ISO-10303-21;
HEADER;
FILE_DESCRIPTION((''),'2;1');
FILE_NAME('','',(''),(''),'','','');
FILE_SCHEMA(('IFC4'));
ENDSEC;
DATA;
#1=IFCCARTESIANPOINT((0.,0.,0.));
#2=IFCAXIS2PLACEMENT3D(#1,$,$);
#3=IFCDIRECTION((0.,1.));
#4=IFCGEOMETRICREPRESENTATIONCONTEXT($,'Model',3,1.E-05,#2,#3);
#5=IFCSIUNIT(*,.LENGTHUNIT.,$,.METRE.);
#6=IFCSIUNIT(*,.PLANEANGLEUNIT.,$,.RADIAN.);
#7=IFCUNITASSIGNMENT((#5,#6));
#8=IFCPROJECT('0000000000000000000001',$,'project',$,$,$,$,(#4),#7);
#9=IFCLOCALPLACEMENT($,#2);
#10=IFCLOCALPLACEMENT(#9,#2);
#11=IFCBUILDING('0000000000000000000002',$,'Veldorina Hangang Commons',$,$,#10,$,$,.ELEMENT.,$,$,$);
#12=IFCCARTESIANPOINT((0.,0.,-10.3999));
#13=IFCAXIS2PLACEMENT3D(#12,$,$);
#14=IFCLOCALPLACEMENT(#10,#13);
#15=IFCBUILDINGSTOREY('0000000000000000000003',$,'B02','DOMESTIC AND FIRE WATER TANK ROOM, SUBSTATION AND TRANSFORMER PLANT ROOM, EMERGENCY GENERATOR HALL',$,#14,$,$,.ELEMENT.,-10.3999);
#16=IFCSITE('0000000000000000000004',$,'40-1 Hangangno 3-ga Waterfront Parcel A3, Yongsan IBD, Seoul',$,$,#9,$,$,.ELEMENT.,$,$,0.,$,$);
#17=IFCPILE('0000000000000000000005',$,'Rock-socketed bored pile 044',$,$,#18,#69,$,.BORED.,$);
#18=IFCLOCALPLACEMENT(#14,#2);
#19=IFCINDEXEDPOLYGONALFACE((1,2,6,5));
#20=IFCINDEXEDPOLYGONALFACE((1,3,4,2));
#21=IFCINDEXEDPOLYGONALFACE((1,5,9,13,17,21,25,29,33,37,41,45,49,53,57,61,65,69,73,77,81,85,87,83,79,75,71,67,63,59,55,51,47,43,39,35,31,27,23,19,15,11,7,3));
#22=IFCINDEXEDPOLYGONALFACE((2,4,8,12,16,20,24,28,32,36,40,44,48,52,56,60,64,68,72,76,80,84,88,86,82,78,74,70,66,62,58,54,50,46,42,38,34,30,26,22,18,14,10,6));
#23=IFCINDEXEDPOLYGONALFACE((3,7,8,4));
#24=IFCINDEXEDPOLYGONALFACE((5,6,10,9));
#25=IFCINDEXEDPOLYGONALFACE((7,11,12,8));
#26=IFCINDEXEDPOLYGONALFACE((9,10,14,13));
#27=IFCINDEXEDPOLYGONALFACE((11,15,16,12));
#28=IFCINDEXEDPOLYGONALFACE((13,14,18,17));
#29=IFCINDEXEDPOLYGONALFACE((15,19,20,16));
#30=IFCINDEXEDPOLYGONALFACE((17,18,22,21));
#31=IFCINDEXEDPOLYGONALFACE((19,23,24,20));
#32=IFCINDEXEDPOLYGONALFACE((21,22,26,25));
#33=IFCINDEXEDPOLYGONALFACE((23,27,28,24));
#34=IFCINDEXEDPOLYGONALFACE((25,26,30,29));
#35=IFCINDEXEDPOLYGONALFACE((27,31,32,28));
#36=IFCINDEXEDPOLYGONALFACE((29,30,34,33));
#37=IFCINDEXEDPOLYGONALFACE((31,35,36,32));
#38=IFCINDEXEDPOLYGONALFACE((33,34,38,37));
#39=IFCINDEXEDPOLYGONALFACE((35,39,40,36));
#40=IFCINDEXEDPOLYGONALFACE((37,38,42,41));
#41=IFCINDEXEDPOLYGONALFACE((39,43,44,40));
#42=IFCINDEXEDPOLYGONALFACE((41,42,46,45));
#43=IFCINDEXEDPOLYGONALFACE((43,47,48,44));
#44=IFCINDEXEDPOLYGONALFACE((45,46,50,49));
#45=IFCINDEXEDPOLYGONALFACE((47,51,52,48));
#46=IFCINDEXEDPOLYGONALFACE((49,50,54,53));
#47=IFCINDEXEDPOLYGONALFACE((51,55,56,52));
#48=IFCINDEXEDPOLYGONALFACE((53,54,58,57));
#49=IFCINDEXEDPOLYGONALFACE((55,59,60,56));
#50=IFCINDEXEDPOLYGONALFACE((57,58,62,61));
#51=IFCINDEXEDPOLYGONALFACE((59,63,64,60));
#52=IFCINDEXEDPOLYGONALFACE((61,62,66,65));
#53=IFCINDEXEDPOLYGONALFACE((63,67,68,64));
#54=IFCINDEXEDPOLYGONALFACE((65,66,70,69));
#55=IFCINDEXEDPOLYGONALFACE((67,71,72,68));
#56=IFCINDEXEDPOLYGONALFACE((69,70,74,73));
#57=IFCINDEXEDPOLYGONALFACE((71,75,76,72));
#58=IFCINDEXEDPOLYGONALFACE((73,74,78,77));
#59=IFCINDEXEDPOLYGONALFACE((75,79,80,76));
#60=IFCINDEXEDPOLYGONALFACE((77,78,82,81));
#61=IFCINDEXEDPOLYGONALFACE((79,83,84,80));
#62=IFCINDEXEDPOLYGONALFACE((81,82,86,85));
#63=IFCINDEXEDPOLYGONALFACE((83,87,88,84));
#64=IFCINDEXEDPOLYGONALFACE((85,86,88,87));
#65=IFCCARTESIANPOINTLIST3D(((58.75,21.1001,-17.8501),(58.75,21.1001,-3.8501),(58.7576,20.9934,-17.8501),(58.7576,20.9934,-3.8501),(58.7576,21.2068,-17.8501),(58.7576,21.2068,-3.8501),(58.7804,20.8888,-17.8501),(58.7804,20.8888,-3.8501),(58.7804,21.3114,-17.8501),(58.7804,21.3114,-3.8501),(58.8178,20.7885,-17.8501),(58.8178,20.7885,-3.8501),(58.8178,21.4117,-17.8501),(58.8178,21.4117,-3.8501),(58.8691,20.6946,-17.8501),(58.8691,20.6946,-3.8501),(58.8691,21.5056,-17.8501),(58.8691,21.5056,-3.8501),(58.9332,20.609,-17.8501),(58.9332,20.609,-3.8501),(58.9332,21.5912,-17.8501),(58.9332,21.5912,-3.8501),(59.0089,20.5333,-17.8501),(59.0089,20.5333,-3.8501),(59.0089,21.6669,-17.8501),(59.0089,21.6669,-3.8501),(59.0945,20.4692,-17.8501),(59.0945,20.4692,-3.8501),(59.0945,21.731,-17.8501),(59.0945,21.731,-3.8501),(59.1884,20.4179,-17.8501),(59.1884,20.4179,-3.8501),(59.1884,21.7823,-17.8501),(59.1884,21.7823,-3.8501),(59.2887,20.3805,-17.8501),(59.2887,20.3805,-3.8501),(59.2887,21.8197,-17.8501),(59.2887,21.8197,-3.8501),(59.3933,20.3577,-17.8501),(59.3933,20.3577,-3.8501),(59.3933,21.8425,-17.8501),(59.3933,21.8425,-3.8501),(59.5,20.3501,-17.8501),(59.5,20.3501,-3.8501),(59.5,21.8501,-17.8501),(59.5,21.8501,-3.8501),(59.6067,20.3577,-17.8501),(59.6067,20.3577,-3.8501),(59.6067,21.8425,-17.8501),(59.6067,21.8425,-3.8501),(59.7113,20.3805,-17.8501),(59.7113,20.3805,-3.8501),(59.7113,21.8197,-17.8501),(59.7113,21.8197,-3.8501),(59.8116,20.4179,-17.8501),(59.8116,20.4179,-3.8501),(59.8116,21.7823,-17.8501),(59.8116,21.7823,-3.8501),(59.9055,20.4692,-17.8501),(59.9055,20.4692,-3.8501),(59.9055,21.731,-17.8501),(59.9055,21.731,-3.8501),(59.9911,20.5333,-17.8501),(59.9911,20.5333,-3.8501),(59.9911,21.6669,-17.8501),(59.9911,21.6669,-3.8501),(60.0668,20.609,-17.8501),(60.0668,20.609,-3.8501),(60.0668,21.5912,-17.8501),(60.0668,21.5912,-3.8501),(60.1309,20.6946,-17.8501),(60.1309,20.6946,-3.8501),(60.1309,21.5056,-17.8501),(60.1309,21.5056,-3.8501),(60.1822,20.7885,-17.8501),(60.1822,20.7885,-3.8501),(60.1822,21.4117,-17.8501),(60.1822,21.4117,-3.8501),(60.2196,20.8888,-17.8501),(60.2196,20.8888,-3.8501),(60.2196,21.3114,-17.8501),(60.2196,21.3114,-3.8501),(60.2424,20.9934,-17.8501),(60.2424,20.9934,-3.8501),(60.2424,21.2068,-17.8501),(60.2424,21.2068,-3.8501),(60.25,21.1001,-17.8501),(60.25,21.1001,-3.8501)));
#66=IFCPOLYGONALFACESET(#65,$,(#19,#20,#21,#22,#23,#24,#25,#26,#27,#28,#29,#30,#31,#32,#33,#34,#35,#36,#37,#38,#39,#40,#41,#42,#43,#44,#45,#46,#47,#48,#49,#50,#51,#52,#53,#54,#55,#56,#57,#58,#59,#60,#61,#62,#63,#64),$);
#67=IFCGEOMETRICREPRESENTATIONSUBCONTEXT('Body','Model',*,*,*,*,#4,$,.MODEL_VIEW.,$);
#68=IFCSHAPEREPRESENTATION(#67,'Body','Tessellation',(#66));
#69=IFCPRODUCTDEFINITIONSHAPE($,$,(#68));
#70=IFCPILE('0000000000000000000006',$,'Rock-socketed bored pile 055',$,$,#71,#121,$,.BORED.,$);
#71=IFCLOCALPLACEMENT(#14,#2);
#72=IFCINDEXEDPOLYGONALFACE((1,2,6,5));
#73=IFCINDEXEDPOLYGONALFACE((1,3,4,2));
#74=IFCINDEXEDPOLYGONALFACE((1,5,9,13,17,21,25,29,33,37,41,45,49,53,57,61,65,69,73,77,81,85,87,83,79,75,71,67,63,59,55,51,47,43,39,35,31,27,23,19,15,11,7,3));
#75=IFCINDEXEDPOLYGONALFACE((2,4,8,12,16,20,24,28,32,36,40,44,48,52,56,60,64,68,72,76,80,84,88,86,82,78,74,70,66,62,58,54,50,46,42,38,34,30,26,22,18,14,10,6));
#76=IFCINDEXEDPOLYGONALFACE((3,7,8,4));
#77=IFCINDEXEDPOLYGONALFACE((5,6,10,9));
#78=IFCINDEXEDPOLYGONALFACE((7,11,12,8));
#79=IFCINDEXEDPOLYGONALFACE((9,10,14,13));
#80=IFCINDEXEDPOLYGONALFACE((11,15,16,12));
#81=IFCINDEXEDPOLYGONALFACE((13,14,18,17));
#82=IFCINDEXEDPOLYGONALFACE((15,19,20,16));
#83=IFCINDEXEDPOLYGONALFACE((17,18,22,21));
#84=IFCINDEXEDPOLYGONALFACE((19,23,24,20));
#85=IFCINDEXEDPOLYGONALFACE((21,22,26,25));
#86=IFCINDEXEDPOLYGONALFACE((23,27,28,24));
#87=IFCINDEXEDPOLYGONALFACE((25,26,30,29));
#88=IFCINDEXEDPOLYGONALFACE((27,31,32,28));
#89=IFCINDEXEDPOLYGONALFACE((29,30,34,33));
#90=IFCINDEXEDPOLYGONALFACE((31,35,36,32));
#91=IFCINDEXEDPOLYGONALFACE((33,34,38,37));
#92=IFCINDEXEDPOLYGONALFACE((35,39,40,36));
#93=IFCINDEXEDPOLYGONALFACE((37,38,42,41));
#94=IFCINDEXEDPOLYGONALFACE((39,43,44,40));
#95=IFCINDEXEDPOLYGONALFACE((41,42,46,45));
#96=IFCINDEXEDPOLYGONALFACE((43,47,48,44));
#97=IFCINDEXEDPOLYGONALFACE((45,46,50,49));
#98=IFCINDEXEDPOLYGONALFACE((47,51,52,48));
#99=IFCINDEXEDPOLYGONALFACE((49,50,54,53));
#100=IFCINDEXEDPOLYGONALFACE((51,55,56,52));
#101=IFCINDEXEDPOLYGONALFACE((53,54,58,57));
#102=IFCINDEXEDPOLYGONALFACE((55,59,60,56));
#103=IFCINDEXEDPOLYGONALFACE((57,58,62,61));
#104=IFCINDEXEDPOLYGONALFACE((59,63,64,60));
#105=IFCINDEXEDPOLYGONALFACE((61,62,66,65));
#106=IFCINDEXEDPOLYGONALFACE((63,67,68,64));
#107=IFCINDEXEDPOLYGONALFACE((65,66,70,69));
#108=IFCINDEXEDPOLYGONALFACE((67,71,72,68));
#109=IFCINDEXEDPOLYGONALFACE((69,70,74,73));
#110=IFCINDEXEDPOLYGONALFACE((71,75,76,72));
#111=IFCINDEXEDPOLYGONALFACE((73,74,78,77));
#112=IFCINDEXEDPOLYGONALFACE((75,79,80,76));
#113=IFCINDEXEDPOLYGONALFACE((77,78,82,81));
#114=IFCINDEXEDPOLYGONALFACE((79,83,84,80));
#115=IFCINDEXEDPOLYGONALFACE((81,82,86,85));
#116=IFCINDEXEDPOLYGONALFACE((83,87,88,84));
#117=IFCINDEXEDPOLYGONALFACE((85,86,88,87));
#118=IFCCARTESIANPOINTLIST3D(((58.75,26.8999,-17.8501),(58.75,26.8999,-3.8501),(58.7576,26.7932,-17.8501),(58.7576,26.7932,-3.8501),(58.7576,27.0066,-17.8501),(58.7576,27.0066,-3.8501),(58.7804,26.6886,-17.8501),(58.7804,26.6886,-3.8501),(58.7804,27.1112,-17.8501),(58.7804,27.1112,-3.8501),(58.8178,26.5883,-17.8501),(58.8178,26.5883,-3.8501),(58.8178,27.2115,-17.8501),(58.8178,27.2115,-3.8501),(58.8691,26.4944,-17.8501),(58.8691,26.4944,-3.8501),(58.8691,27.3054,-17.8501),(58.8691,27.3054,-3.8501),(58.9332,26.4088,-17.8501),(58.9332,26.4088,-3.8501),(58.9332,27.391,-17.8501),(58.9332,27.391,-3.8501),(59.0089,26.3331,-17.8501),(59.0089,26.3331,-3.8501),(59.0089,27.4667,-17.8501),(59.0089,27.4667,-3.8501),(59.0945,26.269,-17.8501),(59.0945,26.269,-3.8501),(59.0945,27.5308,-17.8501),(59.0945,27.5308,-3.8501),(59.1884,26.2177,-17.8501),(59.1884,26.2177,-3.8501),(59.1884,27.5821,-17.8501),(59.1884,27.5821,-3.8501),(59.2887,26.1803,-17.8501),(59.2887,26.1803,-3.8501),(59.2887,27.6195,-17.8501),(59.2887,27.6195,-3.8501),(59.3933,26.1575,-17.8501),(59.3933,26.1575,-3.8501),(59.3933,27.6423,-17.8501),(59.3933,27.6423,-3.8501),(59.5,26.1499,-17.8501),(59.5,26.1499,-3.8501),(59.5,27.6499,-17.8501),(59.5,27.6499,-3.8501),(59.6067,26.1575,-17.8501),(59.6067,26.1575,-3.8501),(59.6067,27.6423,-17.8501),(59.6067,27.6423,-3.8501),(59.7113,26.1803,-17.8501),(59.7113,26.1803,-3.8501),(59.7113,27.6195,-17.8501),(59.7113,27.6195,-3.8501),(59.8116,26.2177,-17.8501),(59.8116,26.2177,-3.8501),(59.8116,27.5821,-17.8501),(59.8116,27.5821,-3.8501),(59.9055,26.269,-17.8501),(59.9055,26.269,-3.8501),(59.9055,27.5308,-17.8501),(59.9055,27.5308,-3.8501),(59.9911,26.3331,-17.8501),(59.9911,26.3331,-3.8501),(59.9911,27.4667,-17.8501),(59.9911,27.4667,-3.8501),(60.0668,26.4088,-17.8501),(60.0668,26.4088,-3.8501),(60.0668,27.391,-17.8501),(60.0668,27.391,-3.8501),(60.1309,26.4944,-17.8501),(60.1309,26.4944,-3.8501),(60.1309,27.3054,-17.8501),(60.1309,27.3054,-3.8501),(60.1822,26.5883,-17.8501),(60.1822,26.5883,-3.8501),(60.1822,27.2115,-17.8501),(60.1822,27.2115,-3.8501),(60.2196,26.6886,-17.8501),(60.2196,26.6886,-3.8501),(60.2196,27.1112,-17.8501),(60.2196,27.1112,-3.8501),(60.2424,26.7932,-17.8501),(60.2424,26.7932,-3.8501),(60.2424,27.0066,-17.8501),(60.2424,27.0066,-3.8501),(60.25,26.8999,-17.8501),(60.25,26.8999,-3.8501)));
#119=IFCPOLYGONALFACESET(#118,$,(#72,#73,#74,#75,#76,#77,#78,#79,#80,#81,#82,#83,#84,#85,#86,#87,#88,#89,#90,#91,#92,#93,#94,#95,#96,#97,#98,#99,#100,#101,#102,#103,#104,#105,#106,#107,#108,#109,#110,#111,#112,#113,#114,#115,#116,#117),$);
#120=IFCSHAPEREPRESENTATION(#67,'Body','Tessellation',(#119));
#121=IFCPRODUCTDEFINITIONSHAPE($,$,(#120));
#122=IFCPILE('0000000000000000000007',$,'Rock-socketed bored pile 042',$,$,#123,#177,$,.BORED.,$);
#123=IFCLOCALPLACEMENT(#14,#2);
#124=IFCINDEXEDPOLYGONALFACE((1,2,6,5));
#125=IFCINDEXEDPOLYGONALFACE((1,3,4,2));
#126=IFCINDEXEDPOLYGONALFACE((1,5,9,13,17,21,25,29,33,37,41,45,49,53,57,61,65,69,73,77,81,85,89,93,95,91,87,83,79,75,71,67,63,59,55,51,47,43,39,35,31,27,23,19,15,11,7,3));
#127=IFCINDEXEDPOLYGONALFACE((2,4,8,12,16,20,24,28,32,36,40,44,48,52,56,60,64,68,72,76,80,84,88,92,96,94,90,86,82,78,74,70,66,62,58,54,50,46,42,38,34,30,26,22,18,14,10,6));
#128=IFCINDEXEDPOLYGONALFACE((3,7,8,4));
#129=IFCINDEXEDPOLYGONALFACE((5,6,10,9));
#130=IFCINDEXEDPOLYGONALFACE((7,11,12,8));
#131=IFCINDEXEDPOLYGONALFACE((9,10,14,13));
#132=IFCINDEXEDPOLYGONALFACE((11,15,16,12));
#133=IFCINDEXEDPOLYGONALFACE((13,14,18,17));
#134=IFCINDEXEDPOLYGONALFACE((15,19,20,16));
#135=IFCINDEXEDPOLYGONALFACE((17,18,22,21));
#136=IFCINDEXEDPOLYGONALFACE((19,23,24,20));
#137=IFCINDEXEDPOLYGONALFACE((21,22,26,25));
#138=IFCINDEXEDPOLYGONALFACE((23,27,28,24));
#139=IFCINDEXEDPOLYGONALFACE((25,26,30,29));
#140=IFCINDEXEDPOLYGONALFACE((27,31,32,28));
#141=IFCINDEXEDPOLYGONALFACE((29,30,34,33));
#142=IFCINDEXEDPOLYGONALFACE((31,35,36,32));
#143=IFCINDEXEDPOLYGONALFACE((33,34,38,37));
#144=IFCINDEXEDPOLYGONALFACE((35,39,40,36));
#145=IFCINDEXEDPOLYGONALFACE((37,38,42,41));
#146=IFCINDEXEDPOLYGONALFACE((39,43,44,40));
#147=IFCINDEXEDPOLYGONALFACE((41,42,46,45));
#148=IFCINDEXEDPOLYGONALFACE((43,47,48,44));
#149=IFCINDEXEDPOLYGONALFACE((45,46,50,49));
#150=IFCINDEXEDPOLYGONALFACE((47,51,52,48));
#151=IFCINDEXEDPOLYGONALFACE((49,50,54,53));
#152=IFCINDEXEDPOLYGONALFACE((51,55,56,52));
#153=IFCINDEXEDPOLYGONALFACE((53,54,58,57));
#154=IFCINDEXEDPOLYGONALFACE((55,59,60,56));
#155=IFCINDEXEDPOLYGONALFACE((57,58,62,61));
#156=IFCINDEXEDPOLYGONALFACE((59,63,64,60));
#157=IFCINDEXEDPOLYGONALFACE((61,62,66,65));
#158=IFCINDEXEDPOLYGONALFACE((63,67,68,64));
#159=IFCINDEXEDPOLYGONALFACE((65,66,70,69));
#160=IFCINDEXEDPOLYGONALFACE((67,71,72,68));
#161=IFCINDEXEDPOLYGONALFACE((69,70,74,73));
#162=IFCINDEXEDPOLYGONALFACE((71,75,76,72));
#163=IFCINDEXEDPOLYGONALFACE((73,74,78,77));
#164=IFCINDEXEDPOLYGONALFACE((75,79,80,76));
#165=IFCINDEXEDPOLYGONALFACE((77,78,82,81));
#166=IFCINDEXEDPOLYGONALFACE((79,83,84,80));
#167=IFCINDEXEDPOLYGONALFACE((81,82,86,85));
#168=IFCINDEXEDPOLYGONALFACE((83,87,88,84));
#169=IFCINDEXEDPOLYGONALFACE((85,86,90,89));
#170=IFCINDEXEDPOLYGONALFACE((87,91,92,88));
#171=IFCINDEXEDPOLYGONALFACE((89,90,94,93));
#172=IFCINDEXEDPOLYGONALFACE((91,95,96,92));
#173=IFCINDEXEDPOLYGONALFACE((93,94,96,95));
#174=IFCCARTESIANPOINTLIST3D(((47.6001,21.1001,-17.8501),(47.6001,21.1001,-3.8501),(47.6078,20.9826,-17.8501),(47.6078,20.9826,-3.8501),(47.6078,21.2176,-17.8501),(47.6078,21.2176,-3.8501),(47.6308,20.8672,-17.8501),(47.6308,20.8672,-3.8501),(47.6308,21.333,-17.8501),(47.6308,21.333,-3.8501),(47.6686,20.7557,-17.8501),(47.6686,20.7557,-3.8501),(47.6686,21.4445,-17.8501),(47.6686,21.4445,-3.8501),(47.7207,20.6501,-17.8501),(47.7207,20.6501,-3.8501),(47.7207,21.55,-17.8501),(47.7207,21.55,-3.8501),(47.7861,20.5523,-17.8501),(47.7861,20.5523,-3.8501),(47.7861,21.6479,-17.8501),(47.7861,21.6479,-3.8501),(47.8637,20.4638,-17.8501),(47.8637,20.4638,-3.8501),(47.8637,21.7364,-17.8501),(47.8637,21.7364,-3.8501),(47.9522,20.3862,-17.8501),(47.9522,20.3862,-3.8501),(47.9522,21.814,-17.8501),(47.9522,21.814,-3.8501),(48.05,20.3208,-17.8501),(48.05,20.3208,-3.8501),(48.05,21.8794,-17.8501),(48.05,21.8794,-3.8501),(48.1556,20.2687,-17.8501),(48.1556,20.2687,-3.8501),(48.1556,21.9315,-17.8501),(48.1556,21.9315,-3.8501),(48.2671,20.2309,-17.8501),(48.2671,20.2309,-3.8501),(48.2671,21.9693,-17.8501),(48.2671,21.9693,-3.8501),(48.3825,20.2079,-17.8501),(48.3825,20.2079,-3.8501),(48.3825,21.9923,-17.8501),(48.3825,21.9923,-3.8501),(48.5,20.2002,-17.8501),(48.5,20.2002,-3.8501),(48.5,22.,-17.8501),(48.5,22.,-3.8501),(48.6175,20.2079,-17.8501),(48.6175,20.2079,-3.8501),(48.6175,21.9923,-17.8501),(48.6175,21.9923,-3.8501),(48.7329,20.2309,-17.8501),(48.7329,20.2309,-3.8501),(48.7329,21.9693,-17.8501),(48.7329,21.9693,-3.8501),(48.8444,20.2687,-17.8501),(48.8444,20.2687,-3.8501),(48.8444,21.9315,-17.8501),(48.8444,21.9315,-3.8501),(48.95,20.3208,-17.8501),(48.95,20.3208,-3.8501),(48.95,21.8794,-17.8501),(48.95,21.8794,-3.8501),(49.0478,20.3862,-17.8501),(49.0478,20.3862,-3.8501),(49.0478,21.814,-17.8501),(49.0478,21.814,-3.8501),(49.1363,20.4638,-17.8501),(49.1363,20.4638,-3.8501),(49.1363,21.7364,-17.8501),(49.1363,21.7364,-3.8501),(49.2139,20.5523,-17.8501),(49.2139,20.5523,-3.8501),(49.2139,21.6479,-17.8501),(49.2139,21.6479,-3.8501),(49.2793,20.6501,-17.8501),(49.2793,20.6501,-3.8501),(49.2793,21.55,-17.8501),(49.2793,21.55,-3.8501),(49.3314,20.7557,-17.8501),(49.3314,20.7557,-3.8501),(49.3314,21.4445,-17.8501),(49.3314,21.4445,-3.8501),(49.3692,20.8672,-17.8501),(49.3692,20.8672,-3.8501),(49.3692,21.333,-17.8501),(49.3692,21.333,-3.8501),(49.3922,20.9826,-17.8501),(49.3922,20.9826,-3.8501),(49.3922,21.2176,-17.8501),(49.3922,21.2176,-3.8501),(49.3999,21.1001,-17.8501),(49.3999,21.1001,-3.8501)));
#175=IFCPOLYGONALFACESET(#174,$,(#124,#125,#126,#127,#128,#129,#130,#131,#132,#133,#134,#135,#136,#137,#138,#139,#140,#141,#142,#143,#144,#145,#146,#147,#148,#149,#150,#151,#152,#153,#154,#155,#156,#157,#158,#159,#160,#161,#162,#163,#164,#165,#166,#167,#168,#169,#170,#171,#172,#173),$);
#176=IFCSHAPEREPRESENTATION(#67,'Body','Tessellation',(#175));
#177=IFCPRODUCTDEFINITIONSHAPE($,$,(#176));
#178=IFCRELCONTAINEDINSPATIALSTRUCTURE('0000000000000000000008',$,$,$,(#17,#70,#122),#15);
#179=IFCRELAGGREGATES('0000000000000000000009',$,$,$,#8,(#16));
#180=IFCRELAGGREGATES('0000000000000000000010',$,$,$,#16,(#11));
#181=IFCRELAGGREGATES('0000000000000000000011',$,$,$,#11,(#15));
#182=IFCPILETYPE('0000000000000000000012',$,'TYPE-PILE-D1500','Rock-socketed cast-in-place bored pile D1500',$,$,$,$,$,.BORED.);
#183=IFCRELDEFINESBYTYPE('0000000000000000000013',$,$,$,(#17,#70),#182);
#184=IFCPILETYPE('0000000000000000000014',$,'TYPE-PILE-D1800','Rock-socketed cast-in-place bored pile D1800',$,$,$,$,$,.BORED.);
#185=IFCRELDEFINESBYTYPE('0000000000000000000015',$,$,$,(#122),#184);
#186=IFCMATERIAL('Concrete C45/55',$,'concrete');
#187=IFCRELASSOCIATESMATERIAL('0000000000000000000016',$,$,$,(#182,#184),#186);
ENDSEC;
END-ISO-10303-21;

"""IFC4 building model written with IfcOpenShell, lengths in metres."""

from ifc_helpers import new_model, si_unit, direction, frame, origin, origin_2d, place, context, subcontext, project, spatial, circle, extrude, material, material_profile, profile_set, type_object, element, save


model = new_model("IFC4")

# Units and contexts
model_context = context("Model", 3, precision=1e-05, world=origin(), true_north=direction((0.0, 1.0)))
body_context = subcontext(model_context, "Body", "Model", "MODEL_VIEW")
ifc_project = project(units=[si_unit("LENGTHUNIT", "METRE"), si_unit("PLANEANGLEUNIT", "RADIAN")], contexts=[model_context])

# Site, building, storey
site_placement = place(None, origin())
site = spatial("IfcSite", under=ifc_project, at=site_placement, Name="40-1 Hangangno 3-ga Waterfront Parcel A3, Yongsan IBD, Seoul", CompositionType="ELEMENT", RefElevation=0.0)
building_placement = place(site_placement, origin())
building = spatial("IfcBuilding", under=site, at=building_placement, Name="Veldorina Hangang Commons", CompositionType="ELEMENT")
storey_placement = place(building_placement, frame((0.0, 0.0, -10.3999)))
storey = spatial("IfcBuildingStorey", under=building, at=storey_placement, Name="B02", Description="DOMESTIC AND FIRE WATER TANK ROOM, SUBSTATION AND TRANSFORMER PLANT ROOM, EMERGENCY GENERATOR HALL", CompositionType="ELEMENT", Elevation=-10.3999)

# Piles
ifc_material_1 = material(Name="Concrete C45/55", Category="concrete")
ifc_material_profile_1 = material_profile(ifc_material_1, circle(Radius=0.75, at=origin_2d()), Name="PILE-D1500")
ifc_profile_set_1 = profile_set([ifc_material_profile_1], Name="Concrete C45/55")
pile_type_1 = type_object("IfcPileType", Name="TYPE-PILE-D1500", Description="Rock-socketed cast-in-place bored pile D1500", PredefinedType="BORED", material=ifc_profile_set_1)
for number, where, z_axis, x_axis, name in (
    (1, (59.5, 21.1001, -3.8501), (0.0, 0.0, -1.0), (1.0, 0.0, 0.0), "Rock-socketed bored pile 044"),
    (2, (59.5, 26.8999, -3.8501), (0.0, 0.0, -1.0), (1.0, 0.0, 0.0), "Rock-socketed bored pile 055"),
):
    element("IfcPile", number, at=place(storey_placement, frame(where, z_axis=z_axis, x_axis=x_axis)), inside=storey, type_object=pile_type_1, Name=name, PredefinedType="BORED", context=body_context, shape_type="SweptSolid", body=[
        extrude(circle(Radius=0.75, at=origin_2d()), origin(), (0.0, 0.0, 1.0), 14.0),
    ])
ifc_material_profile_2 = material_profile(ifc_material_1, circle(Radius=0.8999, at=origin_2d()), Name="PILE-D1800")
ifc_profile_set_2 = profile_set([ifc_material_profile_2], Name="Concrete C45/55")
pile_type_2 = type_object("IfcPileType", Name="TYPE-PILE-D1800", Description="Rock-socketed cast-in-place bored pile D1800", PredefinedType="BORED", material=ifc_profile_set_2)
for number, where, z_axis, x_axis, name in (
    (3, (48.5, 21.1001, -3.8501), (0.0, 0.0, -1.0), (1.0, 0.0, 0.0), "Rock-socketed bored pile 042"),
):
    element("IfcPile", number, at=place(storey_placement, frame(where, z_axis=z_axis, x_axis=x_axis)), inside=storey, type_object=pile_type_2, Name=name, PredefinedType="BORED", context=body_context, shape_type="SweptSolid", body=[
        extrude(circle(Radius=0.8999, at=origin_2d()), origin(), (0.0, 0.0, 1.0), 14.0),
    ])

save(model, "model.ifc")
